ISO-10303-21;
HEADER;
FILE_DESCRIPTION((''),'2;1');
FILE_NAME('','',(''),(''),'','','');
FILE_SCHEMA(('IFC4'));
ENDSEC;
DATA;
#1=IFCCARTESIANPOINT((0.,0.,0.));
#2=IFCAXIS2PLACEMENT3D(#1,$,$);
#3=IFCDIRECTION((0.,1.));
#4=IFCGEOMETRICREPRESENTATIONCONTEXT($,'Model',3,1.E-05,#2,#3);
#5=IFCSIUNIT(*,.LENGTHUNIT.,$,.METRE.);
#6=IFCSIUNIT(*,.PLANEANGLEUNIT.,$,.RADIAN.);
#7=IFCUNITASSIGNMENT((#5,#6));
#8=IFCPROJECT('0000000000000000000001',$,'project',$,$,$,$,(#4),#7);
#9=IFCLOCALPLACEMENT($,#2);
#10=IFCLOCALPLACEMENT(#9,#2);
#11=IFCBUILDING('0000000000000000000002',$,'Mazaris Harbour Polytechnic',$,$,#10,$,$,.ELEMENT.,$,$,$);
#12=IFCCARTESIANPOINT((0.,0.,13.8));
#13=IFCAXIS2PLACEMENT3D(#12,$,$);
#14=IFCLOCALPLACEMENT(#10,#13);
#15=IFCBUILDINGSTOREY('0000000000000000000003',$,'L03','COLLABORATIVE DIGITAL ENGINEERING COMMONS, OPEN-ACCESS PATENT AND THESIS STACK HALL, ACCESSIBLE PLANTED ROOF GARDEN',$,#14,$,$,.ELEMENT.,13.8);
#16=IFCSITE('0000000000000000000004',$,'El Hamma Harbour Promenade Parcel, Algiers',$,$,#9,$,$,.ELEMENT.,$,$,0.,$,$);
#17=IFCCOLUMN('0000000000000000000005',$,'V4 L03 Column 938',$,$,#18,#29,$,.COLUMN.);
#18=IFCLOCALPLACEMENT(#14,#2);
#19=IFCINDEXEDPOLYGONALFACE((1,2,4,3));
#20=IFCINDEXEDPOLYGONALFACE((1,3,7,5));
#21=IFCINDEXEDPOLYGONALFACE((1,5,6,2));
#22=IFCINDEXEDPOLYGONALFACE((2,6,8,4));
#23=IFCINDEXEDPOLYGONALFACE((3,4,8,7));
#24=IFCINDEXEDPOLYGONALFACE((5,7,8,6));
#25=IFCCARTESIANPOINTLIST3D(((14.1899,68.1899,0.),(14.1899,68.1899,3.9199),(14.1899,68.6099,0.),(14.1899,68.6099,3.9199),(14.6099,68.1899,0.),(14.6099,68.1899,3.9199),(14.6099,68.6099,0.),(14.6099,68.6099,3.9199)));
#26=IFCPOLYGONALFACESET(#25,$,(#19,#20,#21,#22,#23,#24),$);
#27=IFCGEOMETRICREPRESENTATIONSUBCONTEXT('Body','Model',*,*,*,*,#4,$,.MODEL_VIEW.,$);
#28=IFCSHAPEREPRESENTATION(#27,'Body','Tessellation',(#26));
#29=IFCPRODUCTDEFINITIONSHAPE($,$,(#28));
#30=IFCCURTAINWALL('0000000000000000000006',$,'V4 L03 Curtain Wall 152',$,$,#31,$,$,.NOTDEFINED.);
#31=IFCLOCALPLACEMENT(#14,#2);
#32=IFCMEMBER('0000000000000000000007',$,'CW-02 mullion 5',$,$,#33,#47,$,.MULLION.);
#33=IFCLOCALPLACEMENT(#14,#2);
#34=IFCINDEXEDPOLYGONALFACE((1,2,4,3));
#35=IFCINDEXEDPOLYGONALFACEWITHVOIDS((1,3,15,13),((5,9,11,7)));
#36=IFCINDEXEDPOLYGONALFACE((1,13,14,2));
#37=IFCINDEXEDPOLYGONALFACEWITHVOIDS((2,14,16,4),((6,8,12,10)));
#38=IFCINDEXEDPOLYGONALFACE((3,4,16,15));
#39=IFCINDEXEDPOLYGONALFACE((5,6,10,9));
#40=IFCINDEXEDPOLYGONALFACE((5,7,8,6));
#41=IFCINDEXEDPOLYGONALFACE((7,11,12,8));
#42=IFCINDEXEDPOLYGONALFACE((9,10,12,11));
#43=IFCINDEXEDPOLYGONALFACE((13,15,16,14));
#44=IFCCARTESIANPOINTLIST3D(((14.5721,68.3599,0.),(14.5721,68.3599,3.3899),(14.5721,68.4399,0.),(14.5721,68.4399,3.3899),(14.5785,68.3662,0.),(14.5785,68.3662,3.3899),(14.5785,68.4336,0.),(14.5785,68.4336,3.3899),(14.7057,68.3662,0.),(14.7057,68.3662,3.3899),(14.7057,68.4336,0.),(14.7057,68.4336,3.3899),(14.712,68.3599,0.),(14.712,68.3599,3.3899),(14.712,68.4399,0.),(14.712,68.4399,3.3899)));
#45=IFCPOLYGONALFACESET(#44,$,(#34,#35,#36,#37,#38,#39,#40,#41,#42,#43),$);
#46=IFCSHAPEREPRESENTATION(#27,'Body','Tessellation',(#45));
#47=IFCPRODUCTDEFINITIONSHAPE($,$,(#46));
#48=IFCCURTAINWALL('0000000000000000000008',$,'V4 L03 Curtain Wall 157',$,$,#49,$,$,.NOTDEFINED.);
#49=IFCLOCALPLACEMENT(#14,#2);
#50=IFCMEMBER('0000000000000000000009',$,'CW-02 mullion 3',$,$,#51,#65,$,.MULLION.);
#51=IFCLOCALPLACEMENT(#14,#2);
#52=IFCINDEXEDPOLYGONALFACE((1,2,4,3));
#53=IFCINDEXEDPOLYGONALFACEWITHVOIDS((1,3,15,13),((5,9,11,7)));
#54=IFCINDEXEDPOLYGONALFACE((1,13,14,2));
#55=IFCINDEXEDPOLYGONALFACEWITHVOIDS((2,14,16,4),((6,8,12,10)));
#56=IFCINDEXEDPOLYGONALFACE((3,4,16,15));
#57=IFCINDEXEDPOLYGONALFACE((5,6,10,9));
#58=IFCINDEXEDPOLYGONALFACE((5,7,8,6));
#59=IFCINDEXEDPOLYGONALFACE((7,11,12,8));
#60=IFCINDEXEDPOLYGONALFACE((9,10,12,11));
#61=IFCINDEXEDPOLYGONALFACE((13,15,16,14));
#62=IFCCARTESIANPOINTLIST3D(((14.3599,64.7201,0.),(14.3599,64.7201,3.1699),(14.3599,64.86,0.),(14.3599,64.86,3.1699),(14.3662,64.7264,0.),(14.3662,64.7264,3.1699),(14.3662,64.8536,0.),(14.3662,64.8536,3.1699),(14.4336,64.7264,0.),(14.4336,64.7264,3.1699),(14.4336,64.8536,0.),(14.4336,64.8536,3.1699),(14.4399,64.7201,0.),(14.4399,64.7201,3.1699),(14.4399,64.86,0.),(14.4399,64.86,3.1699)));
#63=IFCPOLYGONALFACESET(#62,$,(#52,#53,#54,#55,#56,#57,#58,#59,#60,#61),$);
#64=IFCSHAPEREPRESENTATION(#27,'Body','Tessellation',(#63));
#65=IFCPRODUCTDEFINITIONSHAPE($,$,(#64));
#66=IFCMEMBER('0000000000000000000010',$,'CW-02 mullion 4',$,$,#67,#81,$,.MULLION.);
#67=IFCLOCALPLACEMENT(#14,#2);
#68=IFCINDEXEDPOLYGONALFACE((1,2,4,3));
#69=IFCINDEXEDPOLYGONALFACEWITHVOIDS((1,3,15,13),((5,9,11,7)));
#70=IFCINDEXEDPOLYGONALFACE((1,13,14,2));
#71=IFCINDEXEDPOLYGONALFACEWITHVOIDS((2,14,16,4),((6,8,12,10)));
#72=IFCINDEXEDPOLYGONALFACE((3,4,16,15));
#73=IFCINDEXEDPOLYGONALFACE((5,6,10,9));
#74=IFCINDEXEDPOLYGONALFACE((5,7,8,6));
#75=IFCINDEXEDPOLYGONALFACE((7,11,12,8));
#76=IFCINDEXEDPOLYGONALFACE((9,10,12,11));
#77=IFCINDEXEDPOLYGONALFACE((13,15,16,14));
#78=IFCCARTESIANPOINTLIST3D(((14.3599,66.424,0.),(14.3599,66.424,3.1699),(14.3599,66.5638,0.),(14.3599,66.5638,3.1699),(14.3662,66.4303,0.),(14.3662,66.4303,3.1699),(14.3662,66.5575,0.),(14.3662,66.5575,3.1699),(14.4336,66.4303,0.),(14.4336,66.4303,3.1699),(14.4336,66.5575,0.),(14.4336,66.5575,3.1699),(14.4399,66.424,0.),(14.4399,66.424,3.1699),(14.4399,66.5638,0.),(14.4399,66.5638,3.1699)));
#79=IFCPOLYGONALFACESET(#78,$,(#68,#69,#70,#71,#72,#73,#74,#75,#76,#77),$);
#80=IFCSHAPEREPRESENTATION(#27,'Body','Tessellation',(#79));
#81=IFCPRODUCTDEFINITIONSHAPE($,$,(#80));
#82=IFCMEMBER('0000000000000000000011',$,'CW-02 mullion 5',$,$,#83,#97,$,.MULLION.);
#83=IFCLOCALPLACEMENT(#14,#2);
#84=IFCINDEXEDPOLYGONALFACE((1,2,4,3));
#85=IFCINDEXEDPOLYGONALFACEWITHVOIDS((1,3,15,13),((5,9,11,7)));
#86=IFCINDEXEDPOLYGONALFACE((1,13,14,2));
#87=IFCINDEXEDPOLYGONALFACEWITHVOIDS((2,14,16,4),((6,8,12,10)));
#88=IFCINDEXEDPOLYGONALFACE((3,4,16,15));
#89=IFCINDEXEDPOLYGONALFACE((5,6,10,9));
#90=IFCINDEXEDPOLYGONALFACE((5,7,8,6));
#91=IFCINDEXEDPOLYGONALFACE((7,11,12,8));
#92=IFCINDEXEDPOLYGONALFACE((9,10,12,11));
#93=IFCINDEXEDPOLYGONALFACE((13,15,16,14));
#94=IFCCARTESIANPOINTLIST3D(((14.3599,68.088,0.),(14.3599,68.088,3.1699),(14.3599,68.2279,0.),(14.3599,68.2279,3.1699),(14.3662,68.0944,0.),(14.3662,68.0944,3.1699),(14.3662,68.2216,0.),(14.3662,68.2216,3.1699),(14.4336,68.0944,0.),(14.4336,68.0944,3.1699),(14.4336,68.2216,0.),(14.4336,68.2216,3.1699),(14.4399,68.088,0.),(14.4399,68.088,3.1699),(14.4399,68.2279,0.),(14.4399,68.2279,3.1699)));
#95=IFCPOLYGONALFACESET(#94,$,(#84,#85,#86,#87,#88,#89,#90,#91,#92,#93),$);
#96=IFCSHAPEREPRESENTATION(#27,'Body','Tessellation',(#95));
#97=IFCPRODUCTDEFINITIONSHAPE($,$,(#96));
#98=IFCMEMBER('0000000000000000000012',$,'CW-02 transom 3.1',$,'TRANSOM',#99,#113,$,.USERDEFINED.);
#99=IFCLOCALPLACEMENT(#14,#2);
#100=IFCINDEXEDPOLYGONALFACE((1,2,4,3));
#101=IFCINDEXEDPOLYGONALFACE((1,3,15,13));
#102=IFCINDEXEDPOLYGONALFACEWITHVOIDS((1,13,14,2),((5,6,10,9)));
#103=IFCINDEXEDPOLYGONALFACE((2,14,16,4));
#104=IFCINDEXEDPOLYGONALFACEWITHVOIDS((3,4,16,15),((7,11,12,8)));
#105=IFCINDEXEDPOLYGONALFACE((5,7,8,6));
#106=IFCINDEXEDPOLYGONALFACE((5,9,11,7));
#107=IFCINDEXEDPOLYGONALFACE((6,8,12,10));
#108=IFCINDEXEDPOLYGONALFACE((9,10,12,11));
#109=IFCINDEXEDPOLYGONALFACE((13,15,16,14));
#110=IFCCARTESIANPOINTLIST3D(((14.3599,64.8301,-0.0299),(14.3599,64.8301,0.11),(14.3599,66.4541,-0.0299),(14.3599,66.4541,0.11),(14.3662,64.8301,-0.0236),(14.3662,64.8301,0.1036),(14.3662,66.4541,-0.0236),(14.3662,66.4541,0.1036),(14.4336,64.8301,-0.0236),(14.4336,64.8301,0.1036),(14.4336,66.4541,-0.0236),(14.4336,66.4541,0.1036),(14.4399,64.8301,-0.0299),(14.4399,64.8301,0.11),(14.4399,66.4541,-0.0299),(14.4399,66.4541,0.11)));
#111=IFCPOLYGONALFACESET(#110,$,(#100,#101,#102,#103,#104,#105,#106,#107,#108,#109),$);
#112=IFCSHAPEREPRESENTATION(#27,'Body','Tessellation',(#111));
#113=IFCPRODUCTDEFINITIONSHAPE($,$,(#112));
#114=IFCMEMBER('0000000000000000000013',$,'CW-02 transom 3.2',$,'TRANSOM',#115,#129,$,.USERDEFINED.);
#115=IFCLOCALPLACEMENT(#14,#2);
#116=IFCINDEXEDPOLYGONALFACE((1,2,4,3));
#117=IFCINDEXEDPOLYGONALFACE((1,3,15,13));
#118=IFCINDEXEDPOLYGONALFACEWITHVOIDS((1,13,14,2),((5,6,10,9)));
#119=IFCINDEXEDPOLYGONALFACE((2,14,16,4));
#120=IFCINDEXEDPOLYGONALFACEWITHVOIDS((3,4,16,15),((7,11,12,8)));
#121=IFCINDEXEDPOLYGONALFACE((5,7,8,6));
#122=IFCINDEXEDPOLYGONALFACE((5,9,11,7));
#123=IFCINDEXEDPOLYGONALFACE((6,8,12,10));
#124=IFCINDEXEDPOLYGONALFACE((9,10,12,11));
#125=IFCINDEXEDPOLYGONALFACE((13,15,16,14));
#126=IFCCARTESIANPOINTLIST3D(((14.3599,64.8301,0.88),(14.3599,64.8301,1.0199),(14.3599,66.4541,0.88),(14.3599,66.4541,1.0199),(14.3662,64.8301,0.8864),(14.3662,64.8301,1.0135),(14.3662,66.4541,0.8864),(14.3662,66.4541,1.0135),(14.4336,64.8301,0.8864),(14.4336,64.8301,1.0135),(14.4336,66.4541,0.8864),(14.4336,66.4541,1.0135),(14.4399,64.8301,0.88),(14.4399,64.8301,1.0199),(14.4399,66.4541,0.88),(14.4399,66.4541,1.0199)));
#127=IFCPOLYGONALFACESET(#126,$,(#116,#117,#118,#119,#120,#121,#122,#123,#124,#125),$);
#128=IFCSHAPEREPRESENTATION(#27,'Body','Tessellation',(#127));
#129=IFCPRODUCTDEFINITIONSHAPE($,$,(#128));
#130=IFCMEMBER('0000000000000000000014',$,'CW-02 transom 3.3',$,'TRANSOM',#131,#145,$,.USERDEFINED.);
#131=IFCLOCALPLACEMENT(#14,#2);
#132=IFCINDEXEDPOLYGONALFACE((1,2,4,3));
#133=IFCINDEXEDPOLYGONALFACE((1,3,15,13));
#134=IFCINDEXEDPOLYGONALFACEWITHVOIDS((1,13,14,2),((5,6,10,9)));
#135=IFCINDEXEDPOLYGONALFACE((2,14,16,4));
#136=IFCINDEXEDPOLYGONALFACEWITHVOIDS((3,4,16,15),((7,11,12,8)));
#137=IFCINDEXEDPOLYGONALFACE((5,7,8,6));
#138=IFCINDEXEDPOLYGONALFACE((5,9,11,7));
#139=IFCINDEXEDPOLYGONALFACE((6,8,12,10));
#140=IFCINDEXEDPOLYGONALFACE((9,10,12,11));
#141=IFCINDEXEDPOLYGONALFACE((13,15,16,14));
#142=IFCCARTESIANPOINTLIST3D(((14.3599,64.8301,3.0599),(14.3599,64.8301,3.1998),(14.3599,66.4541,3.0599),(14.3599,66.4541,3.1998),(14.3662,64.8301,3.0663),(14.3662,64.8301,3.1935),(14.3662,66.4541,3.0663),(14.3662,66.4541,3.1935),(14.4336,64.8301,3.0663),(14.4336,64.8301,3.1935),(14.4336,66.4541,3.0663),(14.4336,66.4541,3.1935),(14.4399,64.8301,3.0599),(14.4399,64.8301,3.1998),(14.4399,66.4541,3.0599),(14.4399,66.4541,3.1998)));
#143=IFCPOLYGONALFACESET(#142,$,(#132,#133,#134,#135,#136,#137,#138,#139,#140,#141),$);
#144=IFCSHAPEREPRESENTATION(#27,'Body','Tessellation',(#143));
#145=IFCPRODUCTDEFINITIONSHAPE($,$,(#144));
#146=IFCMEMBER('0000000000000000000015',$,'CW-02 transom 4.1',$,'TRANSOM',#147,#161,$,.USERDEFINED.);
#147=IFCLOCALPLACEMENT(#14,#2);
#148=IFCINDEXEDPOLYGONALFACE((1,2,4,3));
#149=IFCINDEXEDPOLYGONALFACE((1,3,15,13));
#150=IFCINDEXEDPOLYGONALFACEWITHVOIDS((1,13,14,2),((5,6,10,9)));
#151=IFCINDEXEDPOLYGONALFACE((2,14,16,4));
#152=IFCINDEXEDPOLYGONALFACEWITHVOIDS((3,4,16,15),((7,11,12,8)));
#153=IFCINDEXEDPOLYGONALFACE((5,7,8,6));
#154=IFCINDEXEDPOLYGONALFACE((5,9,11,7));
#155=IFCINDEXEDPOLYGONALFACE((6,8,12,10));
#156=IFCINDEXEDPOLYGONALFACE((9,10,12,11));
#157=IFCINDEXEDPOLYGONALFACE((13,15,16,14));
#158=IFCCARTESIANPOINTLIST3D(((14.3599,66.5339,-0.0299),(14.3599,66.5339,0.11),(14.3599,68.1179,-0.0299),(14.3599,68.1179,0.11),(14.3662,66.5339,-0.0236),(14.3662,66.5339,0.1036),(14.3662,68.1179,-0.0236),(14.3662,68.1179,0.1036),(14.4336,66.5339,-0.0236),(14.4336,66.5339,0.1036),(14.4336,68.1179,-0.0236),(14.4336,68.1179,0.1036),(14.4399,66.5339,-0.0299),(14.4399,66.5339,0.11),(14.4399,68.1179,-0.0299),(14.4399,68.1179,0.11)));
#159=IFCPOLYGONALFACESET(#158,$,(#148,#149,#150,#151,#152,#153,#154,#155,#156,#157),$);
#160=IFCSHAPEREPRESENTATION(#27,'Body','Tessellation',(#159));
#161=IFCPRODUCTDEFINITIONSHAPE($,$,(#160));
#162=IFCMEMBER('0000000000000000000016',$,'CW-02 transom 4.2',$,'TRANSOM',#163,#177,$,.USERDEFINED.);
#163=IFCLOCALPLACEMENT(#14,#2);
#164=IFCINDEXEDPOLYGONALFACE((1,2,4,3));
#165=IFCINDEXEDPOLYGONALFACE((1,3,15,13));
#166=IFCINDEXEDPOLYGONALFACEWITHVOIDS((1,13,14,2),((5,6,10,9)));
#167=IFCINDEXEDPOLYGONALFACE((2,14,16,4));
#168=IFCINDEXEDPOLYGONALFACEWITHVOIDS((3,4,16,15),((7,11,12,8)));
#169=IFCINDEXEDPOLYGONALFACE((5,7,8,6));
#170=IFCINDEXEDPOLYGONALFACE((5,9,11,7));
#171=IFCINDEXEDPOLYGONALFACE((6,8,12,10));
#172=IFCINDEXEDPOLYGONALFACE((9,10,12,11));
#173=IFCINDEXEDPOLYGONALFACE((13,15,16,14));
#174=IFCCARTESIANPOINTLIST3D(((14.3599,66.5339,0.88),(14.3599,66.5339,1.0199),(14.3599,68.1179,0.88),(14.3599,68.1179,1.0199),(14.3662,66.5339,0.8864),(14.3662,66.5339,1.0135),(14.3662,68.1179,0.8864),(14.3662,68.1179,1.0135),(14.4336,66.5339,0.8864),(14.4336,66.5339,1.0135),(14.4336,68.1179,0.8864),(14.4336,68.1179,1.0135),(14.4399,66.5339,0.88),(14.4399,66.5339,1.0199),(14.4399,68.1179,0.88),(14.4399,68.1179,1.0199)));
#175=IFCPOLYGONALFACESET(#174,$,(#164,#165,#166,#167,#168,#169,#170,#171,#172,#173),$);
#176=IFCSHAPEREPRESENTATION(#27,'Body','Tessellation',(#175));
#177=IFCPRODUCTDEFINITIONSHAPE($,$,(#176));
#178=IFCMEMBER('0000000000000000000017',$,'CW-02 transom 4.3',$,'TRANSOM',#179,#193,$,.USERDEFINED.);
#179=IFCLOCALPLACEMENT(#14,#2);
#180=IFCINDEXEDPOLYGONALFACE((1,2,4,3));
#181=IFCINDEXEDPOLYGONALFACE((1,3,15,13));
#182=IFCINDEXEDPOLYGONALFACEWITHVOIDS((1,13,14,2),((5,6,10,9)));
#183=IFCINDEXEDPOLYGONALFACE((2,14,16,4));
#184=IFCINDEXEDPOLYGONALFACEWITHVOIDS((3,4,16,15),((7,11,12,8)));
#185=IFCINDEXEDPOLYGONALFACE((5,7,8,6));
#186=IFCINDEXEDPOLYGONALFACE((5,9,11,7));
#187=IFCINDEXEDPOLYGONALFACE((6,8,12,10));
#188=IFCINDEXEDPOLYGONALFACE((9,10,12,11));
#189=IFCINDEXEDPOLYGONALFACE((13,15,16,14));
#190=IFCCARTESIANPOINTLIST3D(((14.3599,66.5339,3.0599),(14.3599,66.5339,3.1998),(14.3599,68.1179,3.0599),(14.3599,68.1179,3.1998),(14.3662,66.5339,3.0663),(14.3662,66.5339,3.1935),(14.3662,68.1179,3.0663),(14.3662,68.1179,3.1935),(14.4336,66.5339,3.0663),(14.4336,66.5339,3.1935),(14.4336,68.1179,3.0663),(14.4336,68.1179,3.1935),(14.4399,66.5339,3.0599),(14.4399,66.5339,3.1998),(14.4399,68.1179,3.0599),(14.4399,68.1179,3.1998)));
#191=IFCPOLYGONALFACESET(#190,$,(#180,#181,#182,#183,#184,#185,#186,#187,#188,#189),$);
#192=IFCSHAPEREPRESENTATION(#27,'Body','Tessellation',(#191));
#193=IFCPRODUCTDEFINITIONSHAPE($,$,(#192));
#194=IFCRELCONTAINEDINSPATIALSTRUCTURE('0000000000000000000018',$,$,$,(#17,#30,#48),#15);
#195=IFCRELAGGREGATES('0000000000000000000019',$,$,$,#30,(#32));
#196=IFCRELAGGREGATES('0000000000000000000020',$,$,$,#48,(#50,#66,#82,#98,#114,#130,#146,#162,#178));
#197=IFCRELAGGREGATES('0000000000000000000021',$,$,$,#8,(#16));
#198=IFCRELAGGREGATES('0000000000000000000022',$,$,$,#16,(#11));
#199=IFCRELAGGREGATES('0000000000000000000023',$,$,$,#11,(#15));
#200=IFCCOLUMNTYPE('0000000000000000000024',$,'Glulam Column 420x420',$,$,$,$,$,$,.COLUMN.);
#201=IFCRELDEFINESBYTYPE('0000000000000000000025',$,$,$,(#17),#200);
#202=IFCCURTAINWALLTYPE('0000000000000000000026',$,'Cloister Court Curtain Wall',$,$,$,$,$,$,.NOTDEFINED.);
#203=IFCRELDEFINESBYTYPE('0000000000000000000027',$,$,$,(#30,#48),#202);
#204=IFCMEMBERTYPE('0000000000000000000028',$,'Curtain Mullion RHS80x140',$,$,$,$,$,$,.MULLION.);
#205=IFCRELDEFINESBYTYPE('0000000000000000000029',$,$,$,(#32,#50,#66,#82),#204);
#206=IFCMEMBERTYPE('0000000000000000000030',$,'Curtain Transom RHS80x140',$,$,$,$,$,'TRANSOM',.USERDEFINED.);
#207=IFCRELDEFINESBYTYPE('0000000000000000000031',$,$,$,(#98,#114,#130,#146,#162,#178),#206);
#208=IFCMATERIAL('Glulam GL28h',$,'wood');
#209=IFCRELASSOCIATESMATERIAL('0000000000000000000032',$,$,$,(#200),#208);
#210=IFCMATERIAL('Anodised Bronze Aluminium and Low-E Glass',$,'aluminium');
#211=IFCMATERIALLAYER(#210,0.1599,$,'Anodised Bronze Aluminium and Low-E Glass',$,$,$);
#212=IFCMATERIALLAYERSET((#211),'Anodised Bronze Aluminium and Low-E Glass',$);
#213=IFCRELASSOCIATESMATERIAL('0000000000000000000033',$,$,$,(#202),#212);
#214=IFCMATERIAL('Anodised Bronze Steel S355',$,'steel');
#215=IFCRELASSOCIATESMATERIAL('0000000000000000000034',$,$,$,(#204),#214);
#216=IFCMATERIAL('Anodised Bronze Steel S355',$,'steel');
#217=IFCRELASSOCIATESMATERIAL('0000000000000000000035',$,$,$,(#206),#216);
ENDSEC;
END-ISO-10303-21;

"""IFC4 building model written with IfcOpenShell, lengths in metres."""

from ifc_helpers import new_model, si_unit, direction, frame, origin, origin_2d, place, context, subcontext, project, spatial, rectangle, hollow_rectangle, extrude, material, layer, layer_set, material_profile, profile_set, type_object, element, aggregate, save


model = new_model("IFC4")

# Units and contexts
model_context = context("Model", 3, precision=1e-05, world=origin(), true_north=direction((0.0, 1.0)))
body_context = subcontext(model_context, "Body", "Model", "MODEL_VIEW")
ifc_project = project(units=[si_unit("LENGTHUNIT", "METRE"), si_unit("PLANEANGLEUNIT", "RADIAN")], contexts=[model_context])

# Site, building, storey
site_placement = place(None, origin())
site = spatial("IfcSite", under=ifc_project, at=site_placement, Name="El Hamma Harbour Promenade Parcel, Algiers", CompositionType="ELEMENT", RefElevation=0.0)
building_placement = place(site_placement, origin())
building = spatial("IfcBuilding", under=site, at=building_placement, Name="Mazaris Harbour Polytechnic", CompositionType="ELEMENT")
storey_placement = place(building_placement, frame((0.0, 0.0, 13.8)))
storey = spatial("IfcBuildingStorey", under=building, at=storey_placement, Name="L03", Description="COLLABORATIVE DIGITAL ENGINEERING COMMONS, OPEN-ACCESS PATENT AND THESIS STACK HALL, ACCESSIBLE PLANTED ROOF GARDEN", CompositionType="ELEMENT", Elevation=13.8)

# Column
ifc_material_1 = material(Name="Glulam GL28h", Category="wood")
ifc_material_profile_1 = material_profile(ifc_material_1, rectangle(XDim=0.4199, YDim=0.4199, at=origin_2d()), Name="RECT420x420")
ifc_profile_set_1 = profile_set([ifc_material_profile_1], Name="Glulam GL28h")
column_type = type_object("IfcColumnType", Name="Glulam Column 420x420", PredefinedType="COLUMN", material=ifc_profile_set_1)
column_placement = place(storey_placement, frame((14.3999, 68.3999, 0.0), z_axis=(0.0, 0.0, 1.0), x_axis=(1.0, 0.0, 0.0)))
element("IfcColumn", 1, at=column_placement, inside=storey, type_object=column_type, Name="V4 L03 Column 938", PredefinedType="COLUMN", context=body_context, shape_type="SweptSolid", body=[
    extrude(rectangle(XDim=0.4199, YDim=0.4199, at=origin_2d()), origin(), (0.0, 0.0, 1.0), 3.9199),
])

# Curtain wall, member
ifc_material_2 = material(Name="Anodised Bronze Aluminium and Low-E Glass", Category="aluminium")
ifc_layer_1 = layer(ifc_material_2, 0.1599, Name="Anodised Bronze Aluminium and Low-E Glass")
ifc_layer_set_1 = layer_set([ifc_layer_1], Name="Anodised Bronze Aluminium and Low-E Glass")
curtain_wall_type = type_object("IfcCurtainWallType", Name="Cloister Court Curtain Wall", PredefinedType="NOTDEFINED", material=ifc_layer_set_1)
curtain_wall_1_placement = place(storey_placement, origin())
curtain_wall_1 = element("IfcCurtainWall", 2, at=curtain_wall_1_placement, inside=storey, type_object=curtain_wall_type, Name="V4 L03 Curtain Wall 152", PredefinedType="NOTDEFINED")
ifc_material_3 = material(Name="Anodised Bronze Steel S355", Category="steel")
ifc_material_profile_2 = material_profile(ifc_material_3, hollow_rectangle(XDim=0.0801, YDim=0.1399, WallThickness=0.0063, at=origin_2d()), Name="RHS 80x140x6.3")
ifc_profile_set_2 = profile_set([ifc_material_profile_2], Name="Anodised Bronze Steel S355")
member_type_1 = type_object("IfcMemberType", Name="Curtain Mullion RHS80x140", PredefinedType="MULLION", material=ifc_profile_set_2)
member_1_placement = place(storey_placement, frame((14.6421, 68.3999, 0.0), z_axis=(0.0, 0.0, 1.0), x_axis=(0.0, -1.0, 0.0)))
member_1 = element("IfcMember", 3, at=member_1_placement, type_object=member_type_1, Name="CW-02 mullion 5", PredefinedType="MULLION", context=body_context, shape_type="SweptSolid", body=[
    extrude(hollow_rectangle(XDim=0.0801, YDim=0.1399, WallThickness=0.0063, at=origin_2d()), origin(), (0.0, 0.0, 1.0), 3.3899),
])

# Curtain wall, members
curtain_wall_2_placement = place(storey_placement, origin())
curtain_wall_2 = element("IfcCurtainWall", 4, at=curtain_wall_2_placement, inside=storey, type_object=curtain_wall_type, Name="V4 L03 Curtain Wall 157", PredefinedType="NOTDEFINED")
member_2_placement = place(storey_placement, frame((14.3999, 64.79, 0.0), z_axis=(0.0, 0.0, 1.0), x_axis=(-1.0, 0.0, 0.0)))
member_2 = element("IfcMember", 5, at=member_2_placement, type_object=member_type_1, Name="CW-02 mullion 3", PredefinedType="MULLION", context=body_context, shape_type="SweptSolid", body=[
    extrude(hollow_rectangle(XDim=0.0801, YDim=0.1399, WallThickness=0.0063, at=origin_2d()), origin(), (0.0, 0.0, 1.0), 3.1699),
])
member_3_placement = place(storey_placement, frame((14.3999, 66.4939, 0.0), z_axis=(0.0, 0.0, 1.0), x_axis=(-1.0, 0.0, 0.0)))
member_3 = element("IfcMember", 6, at=member_3_placement, type_object=member_type_1, Name="CW-02 mullion 4", PredefinedType="MULLION", context=body_context, shape_type="SweptSolid", body=[
    extrude(hollow_rectangle(XDim=0.0801, YDim=0.1399, WallThickness=0.0063, at=origin_2d()), origin(), (0.0, 0.0, 1.0), 3.1699),
])
member_4_placement = place(storey_placement, frame((14.3999, 68.158, 0.0), z_axis=(0.0, 0.0, 1.0), x_axis=(-1.0, 0.0, 0.0)))
member_4 = element("IfcMember", 7, at=member_4_placement, type_object=member_type_1, Name="CW-02 mullion 5", PredefinedType="MULLION", context=body_context, shape_type="SweptSolid", body=[
    extrude(hollow_rectangle(XDim=0.0801, YDim=0.1399, WallThickness=0.0063, at=origin_2d()), origin(), (0.0, 0.0, 1.0), 3.1699),
])
ifc_material_4 = material(Name="Anodised Bronze Steel S355", Category="steel")
ifc_material_profile_3 = material_profile(ifc_material_4, hollow_rectangle(XDim=0.0801, YDim=0.1399, WallThickness=0.0063, at=origin_2d()), Name="RHS 80x140x6.3")
ifc_profile_set_3 = profile_set([ifc_material_profile_3], Name="Anodised Bronze Steel S355")
member_type_2 = type_object("IfcMemberType", Name="Curtain Transom RHS80x140", ElementType="TRANSOM", PredefinedType="USERDEFINED", material=ifc_profile_set_3)
member_5_placement = place(storey_placement, frame((14.3999, 64.8301, 0.04), z_axis=(0.0, 1.0, 0.0), x_axis=(-1.0, 0.0, 0.0)))
member_5 = element("IfcMember", 8, at=member_5_placement, type_object=member_type_2, Name="CW-02 transom 3.1", ObjectType="TRANSOM", PredefinedType="USERDEFINED", context=body_context, shape_type="SweptSolid", body=[
    extrude(hollow_rectangle(XDim=0.0801, YDim=0.1399, WallThickness=0.0063, at=origin_2d()), origin(), (0.0, 0.0, 1.0), 1.624),
])
member_6_placement = place(storey_placement, frame((14.3999, 64.8301, 0.95), z_axis=(0.0, 1.0, 0.0), x_axis=(-1.0, 0.0, 0.0)))
member_6 = element("IfcMember", 9, at=member_6_placement, type_object=member_type_2, Name="CW-02 transom 3.2", ObjectType="TRANSOM", PredefinedType="USERDEFINED", context=body_context, shape_type="SweptSolid", body=[
    extrude(hollow_rectangle(XDim=0.0801, YDim=0.1399, WallThickness=0.0063, at=origin_2d()), origin(), (0.0, 0.0, 1.0), 1.624),
])
member_7_placement = place(storey_placement, frame((14.3999, 64.8301, 3.1299), z_axis=(0.0, 1.0, 0.0), x_axis=(-1.0, 0.0, 0.0)))
member_7 = element("IfcMember", 10, at=member_7_placement, type_object=member_type_2, Name="CW-02 transom 3.3", ObjectType="TRANSOM", PredefinedType="USERDEFINED", context=body_context, shape_type="SweptSolid", body=[
    extrude(hollow_rectangle(XDim=0.0801, YDim=0.1399, WallThickness=0.0063, at=origin_2d()), origin(), (0.0, 0.0, 1.0), 1.624),
])
member_8_placement = place(storey_placement, frame((14.3999, 66.5339, 0.04), z_axis=(0.0, 1.0, 0.0), x_axis=(-1.0, 0.0, 0.0)))
member_8 = element("IfcMember", 11, at=member_8_placement, type_object=member_type_2, Name="CW-02 transom 4.1", ObjectType="TRANSOM", PredefinedType="USERDEFINED", context=body_context, shape_type="SweptSolid", body=[
    extrude(hollow_rectangle(XDim=0.0801, YDim=0.1399, WallThickness=0.0063, at=origin_2d()), origin(), (0.0, 0.0, 1.0), 1.584),
])
member_9_placement = place(storey_placement, frame((14.3999, 66.5339, 0.95), z_axis=(0.0, 1.0, 0.0), x_axis=(-1.0, 0.0, 0.0)))
member_9 = element("IfcMember", 12, at=member_9_placement, type_object=member_type_2, Name="CW-02 transom 4.2", ObjectType="TRANSOM", PredefinedType="USERDEFINED", context=body_context, shape_type="SweptSolid", body=[
    extrude(hollow_rectangle(XDim=0.0801, YDim=0.1399, WallThickness=0.0063, at=origin_2d()), origin(), (0.0, 0.0, 1.0), 1.584),
])
member_10_placement = place(storey_placement, frame((14.3999, 66.5339, 3.1299), z_axis=(0.0, 1.0, 0.0), x_axis=(-1.0, 0.0, 0.0)))
member_10 = element("IfcMember", 13, at=member_10_placement, type_object=member_type_2, Name="CW-02 transom 4.3", ObjectType="TRANSOM", PredefinedType="USERDEFINED", context=body_context, shape_type="SweptSolid", body=[
    extrude(hollow_rectangle(XDim=0.0801, YDim=0.1399, WallThickness=0.0063, at=origin_2d()), origin(), (0.0, 0.0, 1.0), 1.584),
])

aggregate(curtain_wall_1, [member_1])
aggregate(curtain_wall_2, [member_2, member_3, member_4, member_5, member_6, member_7, member_8, member_9, member_10])

save(model, "model.ifc")
